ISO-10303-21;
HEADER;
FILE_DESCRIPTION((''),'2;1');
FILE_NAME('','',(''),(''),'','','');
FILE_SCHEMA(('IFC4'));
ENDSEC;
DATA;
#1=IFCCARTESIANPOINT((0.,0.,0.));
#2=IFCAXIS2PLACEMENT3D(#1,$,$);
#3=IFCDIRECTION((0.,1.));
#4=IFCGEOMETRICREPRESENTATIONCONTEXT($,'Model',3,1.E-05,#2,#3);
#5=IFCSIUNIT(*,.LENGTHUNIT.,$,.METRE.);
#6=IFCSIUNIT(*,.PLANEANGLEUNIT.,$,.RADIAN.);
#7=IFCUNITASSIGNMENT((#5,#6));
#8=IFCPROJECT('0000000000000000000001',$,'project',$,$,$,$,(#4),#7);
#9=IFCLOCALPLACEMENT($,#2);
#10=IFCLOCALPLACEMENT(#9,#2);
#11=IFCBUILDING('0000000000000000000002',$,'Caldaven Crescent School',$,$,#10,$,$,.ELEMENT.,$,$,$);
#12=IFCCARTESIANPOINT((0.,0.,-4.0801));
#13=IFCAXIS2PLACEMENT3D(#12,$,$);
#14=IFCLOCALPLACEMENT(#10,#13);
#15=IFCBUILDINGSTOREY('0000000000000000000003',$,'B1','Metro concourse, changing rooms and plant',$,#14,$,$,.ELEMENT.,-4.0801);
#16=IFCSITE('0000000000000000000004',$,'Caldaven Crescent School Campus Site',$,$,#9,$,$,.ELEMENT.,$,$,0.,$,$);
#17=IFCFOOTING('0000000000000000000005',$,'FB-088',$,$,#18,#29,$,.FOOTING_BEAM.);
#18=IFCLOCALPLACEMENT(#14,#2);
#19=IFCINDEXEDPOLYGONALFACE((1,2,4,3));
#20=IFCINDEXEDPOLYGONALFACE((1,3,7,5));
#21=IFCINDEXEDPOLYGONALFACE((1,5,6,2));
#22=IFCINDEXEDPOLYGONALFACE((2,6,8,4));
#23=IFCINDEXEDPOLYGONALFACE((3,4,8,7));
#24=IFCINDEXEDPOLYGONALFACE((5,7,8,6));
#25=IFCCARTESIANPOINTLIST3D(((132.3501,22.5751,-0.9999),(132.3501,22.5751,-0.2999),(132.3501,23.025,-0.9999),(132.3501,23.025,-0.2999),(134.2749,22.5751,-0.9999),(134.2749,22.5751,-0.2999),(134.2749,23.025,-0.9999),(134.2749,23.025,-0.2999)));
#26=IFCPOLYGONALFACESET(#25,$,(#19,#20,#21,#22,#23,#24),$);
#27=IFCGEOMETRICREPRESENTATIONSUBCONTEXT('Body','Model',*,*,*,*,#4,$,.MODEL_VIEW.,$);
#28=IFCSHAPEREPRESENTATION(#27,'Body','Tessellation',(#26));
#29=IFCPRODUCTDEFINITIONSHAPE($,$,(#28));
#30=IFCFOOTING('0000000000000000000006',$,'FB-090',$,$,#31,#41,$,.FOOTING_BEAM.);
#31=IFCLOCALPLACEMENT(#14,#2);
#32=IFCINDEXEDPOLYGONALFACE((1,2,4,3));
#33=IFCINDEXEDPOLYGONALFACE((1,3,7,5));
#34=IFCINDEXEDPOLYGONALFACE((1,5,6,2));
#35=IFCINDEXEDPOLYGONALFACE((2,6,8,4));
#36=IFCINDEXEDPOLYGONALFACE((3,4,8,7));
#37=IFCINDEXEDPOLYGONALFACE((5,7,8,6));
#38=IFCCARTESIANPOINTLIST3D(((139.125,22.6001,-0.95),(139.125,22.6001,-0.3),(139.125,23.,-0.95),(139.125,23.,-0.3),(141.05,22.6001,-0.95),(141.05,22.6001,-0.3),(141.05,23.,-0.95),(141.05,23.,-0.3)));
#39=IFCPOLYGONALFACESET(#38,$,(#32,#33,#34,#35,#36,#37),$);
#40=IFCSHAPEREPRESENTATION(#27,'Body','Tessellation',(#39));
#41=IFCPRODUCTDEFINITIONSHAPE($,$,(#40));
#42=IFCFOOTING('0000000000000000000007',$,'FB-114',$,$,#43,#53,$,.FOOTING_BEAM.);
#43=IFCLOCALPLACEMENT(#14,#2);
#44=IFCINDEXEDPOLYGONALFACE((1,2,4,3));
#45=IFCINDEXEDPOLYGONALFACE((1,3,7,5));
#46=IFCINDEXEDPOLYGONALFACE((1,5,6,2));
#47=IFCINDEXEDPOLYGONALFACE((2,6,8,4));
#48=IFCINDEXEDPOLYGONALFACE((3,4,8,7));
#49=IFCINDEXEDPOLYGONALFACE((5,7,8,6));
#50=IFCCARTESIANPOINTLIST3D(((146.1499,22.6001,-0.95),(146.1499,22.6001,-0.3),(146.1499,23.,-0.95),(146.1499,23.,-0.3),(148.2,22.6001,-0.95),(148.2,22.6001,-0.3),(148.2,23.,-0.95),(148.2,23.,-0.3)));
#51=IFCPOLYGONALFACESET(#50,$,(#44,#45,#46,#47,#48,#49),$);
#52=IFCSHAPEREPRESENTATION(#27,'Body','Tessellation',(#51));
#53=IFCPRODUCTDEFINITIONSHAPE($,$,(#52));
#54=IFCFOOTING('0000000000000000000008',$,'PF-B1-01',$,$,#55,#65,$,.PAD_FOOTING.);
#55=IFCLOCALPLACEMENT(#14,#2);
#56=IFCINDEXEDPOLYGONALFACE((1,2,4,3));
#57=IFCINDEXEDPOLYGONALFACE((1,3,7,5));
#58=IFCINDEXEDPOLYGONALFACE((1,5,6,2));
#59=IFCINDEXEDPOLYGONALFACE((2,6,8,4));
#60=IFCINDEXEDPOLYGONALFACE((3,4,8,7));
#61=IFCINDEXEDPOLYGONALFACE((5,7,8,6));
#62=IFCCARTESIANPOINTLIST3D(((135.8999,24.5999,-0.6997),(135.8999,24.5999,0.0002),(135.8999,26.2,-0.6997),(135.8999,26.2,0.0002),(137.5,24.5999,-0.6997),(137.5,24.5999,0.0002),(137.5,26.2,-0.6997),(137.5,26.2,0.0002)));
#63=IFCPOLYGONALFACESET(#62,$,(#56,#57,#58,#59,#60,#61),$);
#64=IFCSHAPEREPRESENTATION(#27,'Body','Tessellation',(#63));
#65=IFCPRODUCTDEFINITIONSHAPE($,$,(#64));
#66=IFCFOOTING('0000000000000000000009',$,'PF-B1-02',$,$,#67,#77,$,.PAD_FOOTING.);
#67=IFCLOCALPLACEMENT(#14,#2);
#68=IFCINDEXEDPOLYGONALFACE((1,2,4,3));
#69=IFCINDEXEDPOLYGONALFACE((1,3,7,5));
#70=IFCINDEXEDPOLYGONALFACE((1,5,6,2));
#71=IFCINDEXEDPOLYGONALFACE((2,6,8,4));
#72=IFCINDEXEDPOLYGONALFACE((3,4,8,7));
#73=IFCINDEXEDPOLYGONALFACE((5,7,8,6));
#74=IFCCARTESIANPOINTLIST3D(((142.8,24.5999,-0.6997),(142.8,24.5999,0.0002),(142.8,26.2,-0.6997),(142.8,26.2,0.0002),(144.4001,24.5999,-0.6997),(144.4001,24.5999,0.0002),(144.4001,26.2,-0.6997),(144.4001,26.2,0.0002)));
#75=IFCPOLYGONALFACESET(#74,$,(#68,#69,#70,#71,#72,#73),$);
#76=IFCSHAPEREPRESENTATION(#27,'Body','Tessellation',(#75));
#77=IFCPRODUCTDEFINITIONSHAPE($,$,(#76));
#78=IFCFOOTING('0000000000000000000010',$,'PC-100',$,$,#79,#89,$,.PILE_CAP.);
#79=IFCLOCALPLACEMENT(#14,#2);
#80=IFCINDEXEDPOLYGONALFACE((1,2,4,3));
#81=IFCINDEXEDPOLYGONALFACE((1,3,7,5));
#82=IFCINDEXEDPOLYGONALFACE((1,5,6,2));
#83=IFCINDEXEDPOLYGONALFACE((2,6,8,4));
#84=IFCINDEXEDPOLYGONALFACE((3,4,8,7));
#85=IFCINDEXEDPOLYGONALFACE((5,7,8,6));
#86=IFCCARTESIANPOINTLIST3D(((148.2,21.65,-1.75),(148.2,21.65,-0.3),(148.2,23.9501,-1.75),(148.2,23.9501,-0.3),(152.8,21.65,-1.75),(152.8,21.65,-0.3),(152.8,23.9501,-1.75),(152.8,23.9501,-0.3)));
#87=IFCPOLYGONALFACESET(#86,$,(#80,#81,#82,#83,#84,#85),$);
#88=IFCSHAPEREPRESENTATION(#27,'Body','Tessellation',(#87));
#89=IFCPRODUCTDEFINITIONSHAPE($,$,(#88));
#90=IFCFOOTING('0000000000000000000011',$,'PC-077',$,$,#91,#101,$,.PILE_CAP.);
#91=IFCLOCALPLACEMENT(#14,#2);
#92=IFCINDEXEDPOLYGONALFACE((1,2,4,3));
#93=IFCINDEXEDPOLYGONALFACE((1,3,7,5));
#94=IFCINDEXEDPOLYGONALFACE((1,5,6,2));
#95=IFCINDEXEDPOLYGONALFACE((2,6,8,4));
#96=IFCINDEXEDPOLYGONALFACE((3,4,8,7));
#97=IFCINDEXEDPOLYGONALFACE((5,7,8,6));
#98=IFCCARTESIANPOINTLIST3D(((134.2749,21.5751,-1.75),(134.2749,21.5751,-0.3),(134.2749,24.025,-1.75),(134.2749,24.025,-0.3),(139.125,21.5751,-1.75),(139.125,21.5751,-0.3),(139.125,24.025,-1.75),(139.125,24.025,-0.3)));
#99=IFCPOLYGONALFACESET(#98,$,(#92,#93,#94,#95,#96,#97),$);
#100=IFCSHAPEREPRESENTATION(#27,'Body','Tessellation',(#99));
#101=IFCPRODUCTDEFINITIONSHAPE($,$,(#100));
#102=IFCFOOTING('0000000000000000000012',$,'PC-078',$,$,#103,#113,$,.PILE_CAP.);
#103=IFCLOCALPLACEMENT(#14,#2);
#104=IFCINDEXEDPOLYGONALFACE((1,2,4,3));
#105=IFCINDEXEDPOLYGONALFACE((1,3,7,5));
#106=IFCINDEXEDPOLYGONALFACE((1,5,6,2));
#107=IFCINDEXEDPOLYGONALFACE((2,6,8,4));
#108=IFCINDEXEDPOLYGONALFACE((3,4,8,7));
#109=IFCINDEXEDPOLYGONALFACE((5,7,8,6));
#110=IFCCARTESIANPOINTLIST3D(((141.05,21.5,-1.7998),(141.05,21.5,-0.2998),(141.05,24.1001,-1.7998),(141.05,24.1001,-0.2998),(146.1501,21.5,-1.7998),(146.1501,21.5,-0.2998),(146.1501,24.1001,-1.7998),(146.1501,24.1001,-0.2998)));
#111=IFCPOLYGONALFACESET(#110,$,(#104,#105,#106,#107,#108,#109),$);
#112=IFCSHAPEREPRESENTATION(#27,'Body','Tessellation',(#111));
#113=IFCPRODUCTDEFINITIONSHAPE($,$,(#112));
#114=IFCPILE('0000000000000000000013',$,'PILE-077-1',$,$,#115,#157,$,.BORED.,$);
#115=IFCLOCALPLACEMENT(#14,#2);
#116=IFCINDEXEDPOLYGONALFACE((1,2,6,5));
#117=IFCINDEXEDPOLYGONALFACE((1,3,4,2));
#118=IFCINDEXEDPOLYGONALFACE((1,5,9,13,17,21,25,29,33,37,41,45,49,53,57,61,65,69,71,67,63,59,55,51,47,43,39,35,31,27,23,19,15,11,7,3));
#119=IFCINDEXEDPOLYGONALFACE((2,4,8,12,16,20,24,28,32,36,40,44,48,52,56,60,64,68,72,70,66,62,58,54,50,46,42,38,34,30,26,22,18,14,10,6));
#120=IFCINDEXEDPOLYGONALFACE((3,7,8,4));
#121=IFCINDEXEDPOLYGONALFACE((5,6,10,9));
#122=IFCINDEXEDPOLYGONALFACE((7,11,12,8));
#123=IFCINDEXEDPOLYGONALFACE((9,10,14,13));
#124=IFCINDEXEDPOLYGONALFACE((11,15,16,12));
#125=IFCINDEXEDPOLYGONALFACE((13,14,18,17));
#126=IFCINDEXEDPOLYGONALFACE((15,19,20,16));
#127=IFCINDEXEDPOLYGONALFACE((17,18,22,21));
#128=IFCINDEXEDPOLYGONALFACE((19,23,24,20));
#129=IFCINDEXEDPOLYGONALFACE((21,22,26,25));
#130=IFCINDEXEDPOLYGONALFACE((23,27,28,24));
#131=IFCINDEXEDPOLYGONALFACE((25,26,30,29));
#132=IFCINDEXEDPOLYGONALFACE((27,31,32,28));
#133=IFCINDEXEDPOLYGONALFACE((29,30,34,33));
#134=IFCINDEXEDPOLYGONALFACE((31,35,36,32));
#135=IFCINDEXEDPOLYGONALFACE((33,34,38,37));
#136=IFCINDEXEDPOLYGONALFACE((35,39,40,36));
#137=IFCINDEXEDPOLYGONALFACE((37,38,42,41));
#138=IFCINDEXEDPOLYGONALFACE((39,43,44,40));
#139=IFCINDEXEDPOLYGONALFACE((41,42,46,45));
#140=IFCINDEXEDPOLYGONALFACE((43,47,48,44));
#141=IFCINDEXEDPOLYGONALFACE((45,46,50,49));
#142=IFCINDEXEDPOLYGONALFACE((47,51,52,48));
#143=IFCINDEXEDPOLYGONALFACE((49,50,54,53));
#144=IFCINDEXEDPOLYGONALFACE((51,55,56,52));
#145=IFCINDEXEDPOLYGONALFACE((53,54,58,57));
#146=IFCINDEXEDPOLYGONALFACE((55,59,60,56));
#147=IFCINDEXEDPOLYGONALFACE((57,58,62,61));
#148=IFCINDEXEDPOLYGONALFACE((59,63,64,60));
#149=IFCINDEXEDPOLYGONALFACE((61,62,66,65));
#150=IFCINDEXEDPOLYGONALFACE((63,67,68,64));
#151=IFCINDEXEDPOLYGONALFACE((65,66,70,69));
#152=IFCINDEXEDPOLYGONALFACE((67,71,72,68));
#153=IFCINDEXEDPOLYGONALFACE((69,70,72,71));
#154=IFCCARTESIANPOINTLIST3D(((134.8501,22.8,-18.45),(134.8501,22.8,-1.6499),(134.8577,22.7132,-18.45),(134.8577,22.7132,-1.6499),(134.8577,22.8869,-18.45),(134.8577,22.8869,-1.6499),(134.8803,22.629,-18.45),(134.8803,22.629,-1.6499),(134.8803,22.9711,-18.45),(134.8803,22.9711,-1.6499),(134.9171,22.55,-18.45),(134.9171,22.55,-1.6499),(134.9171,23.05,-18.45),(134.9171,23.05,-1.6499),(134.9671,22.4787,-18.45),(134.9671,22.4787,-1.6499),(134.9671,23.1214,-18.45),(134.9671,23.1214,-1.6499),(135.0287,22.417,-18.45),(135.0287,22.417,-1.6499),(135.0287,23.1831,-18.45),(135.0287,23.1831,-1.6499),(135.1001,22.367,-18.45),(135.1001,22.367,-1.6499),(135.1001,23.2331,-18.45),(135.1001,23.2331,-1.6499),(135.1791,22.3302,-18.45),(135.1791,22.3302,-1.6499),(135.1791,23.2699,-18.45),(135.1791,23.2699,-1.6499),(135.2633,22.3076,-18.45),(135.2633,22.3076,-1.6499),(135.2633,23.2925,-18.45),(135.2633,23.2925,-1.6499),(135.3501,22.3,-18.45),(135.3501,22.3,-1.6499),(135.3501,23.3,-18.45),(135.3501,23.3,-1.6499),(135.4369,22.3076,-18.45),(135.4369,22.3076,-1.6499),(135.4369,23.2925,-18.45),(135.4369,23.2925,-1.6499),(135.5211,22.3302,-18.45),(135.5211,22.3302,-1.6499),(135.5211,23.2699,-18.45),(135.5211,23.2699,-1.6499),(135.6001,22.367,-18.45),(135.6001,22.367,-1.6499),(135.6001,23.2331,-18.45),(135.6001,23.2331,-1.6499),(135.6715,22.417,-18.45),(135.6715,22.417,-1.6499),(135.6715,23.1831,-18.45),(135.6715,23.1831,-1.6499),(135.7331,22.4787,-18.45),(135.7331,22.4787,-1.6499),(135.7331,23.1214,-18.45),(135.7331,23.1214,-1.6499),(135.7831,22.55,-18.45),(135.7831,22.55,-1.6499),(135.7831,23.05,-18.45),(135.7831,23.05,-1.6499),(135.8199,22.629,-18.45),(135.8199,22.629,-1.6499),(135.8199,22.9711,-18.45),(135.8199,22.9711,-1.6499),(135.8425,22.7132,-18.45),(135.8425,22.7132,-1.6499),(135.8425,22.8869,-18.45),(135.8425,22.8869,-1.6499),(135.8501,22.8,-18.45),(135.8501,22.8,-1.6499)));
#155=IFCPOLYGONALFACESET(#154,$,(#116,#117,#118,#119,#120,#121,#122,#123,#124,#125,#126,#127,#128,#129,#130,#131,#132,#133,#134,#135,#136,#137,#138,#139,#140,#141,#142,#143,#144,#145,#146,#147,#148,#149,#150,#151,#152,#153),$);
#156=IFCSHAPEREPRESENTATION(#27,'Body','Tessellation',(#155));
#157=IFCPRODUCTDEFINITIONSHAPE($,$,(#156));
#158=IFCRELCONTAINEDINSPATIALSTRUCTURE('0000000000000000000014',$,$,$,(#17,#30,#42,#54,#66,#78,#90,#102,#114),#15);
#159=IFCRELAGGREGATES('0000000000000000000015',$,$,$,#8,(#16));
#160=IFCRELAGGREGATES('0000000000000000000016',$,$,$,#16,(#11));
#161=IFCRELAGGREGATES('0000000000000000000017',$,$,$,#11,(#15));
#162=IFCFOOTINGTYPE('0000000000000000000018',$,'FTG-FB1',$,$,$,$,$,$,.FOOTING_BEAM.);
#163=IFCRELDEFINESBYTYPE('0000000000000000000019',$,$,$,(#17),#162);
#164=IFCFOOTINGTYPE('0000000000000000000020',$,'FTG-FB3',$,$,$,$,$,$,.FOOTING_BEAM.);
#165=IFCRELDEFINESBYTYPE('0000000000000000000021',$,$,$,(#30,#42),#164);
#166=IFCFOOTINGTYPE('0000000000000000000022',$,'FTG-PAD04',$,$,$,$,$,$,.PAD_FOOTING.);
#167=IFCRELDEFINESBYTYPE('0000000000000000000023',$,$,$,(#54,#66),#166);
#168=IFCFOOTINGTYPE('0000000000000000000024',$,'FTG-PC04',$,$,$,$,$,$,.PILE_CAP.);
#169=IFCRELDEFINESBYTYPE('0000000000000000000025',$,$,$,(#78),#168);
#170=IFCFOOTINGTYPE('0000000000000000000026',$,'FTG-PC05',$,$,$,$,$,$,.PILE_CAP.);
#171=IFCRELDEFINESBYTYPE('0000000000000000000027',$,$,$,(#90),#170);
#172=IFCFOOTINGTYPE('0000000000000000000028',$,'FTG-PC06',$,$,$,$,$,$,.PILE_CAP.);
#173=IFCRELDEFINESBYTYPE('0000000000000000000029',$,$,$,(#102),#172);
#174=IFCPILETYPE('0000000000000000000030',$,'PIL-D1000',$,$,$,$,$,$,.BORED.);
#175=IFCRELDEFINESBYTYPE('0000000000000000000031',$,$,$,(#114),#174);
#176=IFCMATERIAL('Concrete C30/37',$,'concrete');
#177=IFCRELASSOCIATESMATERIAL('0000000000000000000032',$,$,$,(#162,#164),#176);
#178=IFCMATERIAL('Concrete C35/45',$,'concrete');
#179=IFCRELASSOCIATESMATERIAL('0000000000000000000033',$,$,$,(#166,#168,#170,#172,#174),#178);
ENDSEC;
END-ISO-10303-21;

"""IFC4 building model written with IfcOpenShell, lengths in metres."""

from ifc_helpers import new_model, si_unit, direction, frame, origin, origin_2d, place, context, subcontext, project, spatial, rectangle, circle, extrude, material, material_profile, profile_set, type_object, element, save


model = new_model("IFC4")

# Units and contexts
model_context = context("Model", 3, precision=1e-05, world=origin(), true_north=direction((0.0, 1.0)))
body_context = subcontext(model_context, "Body", "Model", "MODEL_VIEW")
ifc_project = project(units=[si_unit("LENGTHUNIT", "METRE"), si_unit("PLANEANGLEUNIT", "RADIAN")], contexts=[model_context])

# Site, building, storey
site_placement = place(None, origin())
site = spatial("IfcSite", under=ifc_project, at=site_placement, Name="Caldaven Crescent School Campus Site", CompositionType="ELEMENT", RefElevation=0.0)
building_placement = place(site_placement, origin())
building = spatial("IfcBuilding", under=site, at=building_placement, Name="Caldaven Crescent School", CompositionType="ELEMENT")
storey_placement = place(building_placement, frame((0.0, 0.0, -4.0801)))
storey = spatial("IfcBuildingStorey", under=building, at=storey_placement, Name="B1", Description="Metro concourse, changing rooms and plant", CompositionType="ELEMENT", Elevation=-4.0801)

# Footings
ifc_material_1 = material(Name="Concrete C30/37", Category="concrete")
ifc_material_profile_1 = material_profile(ifc_material_1, rectangle(XDim=0.45, YDim=0.7, at=origin_2d()), Name="FB 450x700")
ifc_profile_set_1 = profile_set([ifc_material_profile_1], Name="Concrete C30/37")
footing_type_1 = type_object("IfcFootingType", Name="FTG-FB1", PredefinedType="FOOTING_BEAM", material=ifc_profile_set_1)
footing_1_placement = place(storey_placement, frame((134.2749, 22.8, -0.6499), z_axis=(-1.0, 0.0, 0.0), x_axis=(0.0, -1.0, 0.0)))
element("IfcFooting", 1, at=footing_1_placement, inside=storey, type_object=footing_type_1, Name="FB-088", PredefinedType="FOOTING_BEAM", context=body_context, shape_type="SweptSolid", body=[
    extrude(rectangle(XDim=0.45, YDim=0.7, at=origin_2d()), origin(), (0.0, 0.0, 1.0), 1.9248),
])
ifc_material_profile_2 = material_profile(ifc_material_1, rectangle(XDim=0.3999, YDim=0.6499, at=origin_2d()), Name="FB 400x650")
ifc_profile_set_2 = profile_set([ifc_material_profile_2], Name="Concrete C30/37")
footing_type_2 = type_object("IfcFootingType", Name="FTG-FB3", PredefinedType="FOOTING_BEAM", material=ifc_profile_set_2)
footing_2_placement = place(storey_placement, frame((141.05, 22.8, -0.625), z_axis=(-1.0, 0.0, 0.0), x_axis=(0.0, -1.0, 0.0)))
element("IfcFooting", 2, at=footing_2_placement, inside=storey, type_object=footing_type_2, Name="FB-090", PredefinedType="FOOTING_BEAM", context=body_context, shape_type="SweptSolid", body=[
    extrude(rectangle(XDim=0.3999, YDim=0.6499, at=origin_2d()), origin(), (0.0, 0.0, 1.0), 1.925),
])
footing_3_placement = place(storey_placement, frame((148.2, 22.8, -0.625), z_axis=(-1.0, 0.0, 0.0), x_axis=(0.0, -1.0, 0.0)))
element("IfcFooting", 3, at=footing_3_placement, inside=storey, type_object=footing_type_2, Name="FB-114", PredefinedType="FOOTING_BEAM", context=body_context, shape_type="SweptSolid", body=[
    extrude(rectangle(XDim=0.3999, YDim=0.6499, at=origin_2d()), origin(), (0.0, 0.0, 1.0), 2.05),
])
ifc_material_2 = material(Name="Concrete C35/45", Category="concrete")
footing_type_3 = type_object("IfcFootingType", Name="FTG-PAD04", PredefinedType="PAD_FOOTING", material=ifc_material_2)
for number, where, z_axis, x_axis, name in (
    (4, (136.7, 25.3999, -0.6997), (0.0, 0.0, 1.0), (1.0, 0.0, 0.0), "PF-B1-01"),
    (5, (143.6001, 25.3999, -0.6997), (0.0, 0.0, 1.0), (1.0, 0.0, 0.0), "PF-B1-02"),
):
    element("IfcFooting", number, at=place(storey_placement, frame(where, z_axis=z_axis, x_axis=x_axis)), inside=storey, type_object=footing_type_3, Name=name, PredefinedType="PAD_FOOTING", context=body_context, shape_type="SweptSolid", body=[
        extrude(rectangle(XDim=1.6001, YDim=1.6001, at=origin_2d()), origin(), (0.0, 0.0, 1.0), 0.7),
    ])
footing_type_4 = type_object("IfcFootingType", Name="FTG-PC04", PredefinedType="PILE_CAP", material=ifc_material_2)
footing_4_placement = place(storey_placement, frame((150.5, 22.8, -1.75), z_axis=(0.0, 0.0, 1.0), x_axis=(1.0, 0.0, 0.0)))
element("IfcFooting", 6, at=footing_4_placement, inside=storey, type_object=footing_type_4, Name="PC-100", PredefinedType="PILE_CAP", context=body_context, shape_type="SweptSolid", body=[
    extrude(rectangle(XDim=4.6001, YDim=2.3, at=origin_2d()), origin(), (0.0, 0.0, 1.0), 1.45),
])
footing_type_5 = type_object("IfcFootingType", Name="FTG-PC05", PredefinedType="PILE_CAP", material=ifc_material_2)
footing_5_placement = place(storey_placement, frame((136.7, 22.8, -1.75), z_axis=(0.0, 0.0, 1.0), x_axis=(1.0, 0.0, 0.0)))
element("IfcFooting", 7, at=footing_5_placement, inside=storey, type_object=footing_type_5, Name="PC-077", PredefinedType="PILE_CAP", context=body_context, shape_type="SweptSolid", body=[
    extrude(rectangle(XDim=4.8501, YDim=2.45, at=origin_2d()), origin(), (0.0, 0.0, 1.0), 1.45),
])
footing_type_6 = type_object("IfcFootingType", Name="FTG-PC06", PredefinedType="PILE_CAP", material=ifc_material_2)
footing_6_placement = place(storey_placement, frame((143.6001, 22.8, -1.7998), z_axis=(0.0, 0.0, 1.0), x_axis=(1.0, 0.0, 0.0)))
element("IfcFooting", 8, at=footing_6_placement, inside=storey, type_object=footing_type_6, Name="PC-078", PredefinedType="PILE_CAP", context=body_context, shape_type="SweptSolid", body=[
    extrude(rectangle(XDim=5.1001, YDim=2.6001, at=origin_2d()), origin(), (0.0, 0.0, 1.0), 1.5),
])

# Pile
ifc_material_profile_3 = material_profile(ifc_material_2, circle(Radius=0.5, at=origin_2d()), Name="PILE D1000")
ifc_profile_set_3 = profile_set([ifc_material_profile_3], Name="Concrete C35/45")
pile_type_1 = type_object("IfcPileType", Name="PIL-D1000", PredefinedType="BORED", material=ifc_profile_set_3)
for number, where, z_axis, x_axis, name in (
    (9, (135.3501, 22.8, -1.6499), (0.0, 0.0, -1.0), (1.0, 0.0, 0.0), "PILE-077-1"),
):
    element("IfcPile", number, at=place(storey_placement, frame(where, z_axis=z_axis, x_axis=x_axis)), inside=storey, type_object=pile_type_1, Name=name, PredefinedType="BORED", context=body_context, shape_type="SweptSolid", body=[
        extrude(circle(Radius=0.5, at=origin_2d()), origin(), (0.0, 0.0, 1.0), 16.8),
    ])

save(model, "model.ifc")
